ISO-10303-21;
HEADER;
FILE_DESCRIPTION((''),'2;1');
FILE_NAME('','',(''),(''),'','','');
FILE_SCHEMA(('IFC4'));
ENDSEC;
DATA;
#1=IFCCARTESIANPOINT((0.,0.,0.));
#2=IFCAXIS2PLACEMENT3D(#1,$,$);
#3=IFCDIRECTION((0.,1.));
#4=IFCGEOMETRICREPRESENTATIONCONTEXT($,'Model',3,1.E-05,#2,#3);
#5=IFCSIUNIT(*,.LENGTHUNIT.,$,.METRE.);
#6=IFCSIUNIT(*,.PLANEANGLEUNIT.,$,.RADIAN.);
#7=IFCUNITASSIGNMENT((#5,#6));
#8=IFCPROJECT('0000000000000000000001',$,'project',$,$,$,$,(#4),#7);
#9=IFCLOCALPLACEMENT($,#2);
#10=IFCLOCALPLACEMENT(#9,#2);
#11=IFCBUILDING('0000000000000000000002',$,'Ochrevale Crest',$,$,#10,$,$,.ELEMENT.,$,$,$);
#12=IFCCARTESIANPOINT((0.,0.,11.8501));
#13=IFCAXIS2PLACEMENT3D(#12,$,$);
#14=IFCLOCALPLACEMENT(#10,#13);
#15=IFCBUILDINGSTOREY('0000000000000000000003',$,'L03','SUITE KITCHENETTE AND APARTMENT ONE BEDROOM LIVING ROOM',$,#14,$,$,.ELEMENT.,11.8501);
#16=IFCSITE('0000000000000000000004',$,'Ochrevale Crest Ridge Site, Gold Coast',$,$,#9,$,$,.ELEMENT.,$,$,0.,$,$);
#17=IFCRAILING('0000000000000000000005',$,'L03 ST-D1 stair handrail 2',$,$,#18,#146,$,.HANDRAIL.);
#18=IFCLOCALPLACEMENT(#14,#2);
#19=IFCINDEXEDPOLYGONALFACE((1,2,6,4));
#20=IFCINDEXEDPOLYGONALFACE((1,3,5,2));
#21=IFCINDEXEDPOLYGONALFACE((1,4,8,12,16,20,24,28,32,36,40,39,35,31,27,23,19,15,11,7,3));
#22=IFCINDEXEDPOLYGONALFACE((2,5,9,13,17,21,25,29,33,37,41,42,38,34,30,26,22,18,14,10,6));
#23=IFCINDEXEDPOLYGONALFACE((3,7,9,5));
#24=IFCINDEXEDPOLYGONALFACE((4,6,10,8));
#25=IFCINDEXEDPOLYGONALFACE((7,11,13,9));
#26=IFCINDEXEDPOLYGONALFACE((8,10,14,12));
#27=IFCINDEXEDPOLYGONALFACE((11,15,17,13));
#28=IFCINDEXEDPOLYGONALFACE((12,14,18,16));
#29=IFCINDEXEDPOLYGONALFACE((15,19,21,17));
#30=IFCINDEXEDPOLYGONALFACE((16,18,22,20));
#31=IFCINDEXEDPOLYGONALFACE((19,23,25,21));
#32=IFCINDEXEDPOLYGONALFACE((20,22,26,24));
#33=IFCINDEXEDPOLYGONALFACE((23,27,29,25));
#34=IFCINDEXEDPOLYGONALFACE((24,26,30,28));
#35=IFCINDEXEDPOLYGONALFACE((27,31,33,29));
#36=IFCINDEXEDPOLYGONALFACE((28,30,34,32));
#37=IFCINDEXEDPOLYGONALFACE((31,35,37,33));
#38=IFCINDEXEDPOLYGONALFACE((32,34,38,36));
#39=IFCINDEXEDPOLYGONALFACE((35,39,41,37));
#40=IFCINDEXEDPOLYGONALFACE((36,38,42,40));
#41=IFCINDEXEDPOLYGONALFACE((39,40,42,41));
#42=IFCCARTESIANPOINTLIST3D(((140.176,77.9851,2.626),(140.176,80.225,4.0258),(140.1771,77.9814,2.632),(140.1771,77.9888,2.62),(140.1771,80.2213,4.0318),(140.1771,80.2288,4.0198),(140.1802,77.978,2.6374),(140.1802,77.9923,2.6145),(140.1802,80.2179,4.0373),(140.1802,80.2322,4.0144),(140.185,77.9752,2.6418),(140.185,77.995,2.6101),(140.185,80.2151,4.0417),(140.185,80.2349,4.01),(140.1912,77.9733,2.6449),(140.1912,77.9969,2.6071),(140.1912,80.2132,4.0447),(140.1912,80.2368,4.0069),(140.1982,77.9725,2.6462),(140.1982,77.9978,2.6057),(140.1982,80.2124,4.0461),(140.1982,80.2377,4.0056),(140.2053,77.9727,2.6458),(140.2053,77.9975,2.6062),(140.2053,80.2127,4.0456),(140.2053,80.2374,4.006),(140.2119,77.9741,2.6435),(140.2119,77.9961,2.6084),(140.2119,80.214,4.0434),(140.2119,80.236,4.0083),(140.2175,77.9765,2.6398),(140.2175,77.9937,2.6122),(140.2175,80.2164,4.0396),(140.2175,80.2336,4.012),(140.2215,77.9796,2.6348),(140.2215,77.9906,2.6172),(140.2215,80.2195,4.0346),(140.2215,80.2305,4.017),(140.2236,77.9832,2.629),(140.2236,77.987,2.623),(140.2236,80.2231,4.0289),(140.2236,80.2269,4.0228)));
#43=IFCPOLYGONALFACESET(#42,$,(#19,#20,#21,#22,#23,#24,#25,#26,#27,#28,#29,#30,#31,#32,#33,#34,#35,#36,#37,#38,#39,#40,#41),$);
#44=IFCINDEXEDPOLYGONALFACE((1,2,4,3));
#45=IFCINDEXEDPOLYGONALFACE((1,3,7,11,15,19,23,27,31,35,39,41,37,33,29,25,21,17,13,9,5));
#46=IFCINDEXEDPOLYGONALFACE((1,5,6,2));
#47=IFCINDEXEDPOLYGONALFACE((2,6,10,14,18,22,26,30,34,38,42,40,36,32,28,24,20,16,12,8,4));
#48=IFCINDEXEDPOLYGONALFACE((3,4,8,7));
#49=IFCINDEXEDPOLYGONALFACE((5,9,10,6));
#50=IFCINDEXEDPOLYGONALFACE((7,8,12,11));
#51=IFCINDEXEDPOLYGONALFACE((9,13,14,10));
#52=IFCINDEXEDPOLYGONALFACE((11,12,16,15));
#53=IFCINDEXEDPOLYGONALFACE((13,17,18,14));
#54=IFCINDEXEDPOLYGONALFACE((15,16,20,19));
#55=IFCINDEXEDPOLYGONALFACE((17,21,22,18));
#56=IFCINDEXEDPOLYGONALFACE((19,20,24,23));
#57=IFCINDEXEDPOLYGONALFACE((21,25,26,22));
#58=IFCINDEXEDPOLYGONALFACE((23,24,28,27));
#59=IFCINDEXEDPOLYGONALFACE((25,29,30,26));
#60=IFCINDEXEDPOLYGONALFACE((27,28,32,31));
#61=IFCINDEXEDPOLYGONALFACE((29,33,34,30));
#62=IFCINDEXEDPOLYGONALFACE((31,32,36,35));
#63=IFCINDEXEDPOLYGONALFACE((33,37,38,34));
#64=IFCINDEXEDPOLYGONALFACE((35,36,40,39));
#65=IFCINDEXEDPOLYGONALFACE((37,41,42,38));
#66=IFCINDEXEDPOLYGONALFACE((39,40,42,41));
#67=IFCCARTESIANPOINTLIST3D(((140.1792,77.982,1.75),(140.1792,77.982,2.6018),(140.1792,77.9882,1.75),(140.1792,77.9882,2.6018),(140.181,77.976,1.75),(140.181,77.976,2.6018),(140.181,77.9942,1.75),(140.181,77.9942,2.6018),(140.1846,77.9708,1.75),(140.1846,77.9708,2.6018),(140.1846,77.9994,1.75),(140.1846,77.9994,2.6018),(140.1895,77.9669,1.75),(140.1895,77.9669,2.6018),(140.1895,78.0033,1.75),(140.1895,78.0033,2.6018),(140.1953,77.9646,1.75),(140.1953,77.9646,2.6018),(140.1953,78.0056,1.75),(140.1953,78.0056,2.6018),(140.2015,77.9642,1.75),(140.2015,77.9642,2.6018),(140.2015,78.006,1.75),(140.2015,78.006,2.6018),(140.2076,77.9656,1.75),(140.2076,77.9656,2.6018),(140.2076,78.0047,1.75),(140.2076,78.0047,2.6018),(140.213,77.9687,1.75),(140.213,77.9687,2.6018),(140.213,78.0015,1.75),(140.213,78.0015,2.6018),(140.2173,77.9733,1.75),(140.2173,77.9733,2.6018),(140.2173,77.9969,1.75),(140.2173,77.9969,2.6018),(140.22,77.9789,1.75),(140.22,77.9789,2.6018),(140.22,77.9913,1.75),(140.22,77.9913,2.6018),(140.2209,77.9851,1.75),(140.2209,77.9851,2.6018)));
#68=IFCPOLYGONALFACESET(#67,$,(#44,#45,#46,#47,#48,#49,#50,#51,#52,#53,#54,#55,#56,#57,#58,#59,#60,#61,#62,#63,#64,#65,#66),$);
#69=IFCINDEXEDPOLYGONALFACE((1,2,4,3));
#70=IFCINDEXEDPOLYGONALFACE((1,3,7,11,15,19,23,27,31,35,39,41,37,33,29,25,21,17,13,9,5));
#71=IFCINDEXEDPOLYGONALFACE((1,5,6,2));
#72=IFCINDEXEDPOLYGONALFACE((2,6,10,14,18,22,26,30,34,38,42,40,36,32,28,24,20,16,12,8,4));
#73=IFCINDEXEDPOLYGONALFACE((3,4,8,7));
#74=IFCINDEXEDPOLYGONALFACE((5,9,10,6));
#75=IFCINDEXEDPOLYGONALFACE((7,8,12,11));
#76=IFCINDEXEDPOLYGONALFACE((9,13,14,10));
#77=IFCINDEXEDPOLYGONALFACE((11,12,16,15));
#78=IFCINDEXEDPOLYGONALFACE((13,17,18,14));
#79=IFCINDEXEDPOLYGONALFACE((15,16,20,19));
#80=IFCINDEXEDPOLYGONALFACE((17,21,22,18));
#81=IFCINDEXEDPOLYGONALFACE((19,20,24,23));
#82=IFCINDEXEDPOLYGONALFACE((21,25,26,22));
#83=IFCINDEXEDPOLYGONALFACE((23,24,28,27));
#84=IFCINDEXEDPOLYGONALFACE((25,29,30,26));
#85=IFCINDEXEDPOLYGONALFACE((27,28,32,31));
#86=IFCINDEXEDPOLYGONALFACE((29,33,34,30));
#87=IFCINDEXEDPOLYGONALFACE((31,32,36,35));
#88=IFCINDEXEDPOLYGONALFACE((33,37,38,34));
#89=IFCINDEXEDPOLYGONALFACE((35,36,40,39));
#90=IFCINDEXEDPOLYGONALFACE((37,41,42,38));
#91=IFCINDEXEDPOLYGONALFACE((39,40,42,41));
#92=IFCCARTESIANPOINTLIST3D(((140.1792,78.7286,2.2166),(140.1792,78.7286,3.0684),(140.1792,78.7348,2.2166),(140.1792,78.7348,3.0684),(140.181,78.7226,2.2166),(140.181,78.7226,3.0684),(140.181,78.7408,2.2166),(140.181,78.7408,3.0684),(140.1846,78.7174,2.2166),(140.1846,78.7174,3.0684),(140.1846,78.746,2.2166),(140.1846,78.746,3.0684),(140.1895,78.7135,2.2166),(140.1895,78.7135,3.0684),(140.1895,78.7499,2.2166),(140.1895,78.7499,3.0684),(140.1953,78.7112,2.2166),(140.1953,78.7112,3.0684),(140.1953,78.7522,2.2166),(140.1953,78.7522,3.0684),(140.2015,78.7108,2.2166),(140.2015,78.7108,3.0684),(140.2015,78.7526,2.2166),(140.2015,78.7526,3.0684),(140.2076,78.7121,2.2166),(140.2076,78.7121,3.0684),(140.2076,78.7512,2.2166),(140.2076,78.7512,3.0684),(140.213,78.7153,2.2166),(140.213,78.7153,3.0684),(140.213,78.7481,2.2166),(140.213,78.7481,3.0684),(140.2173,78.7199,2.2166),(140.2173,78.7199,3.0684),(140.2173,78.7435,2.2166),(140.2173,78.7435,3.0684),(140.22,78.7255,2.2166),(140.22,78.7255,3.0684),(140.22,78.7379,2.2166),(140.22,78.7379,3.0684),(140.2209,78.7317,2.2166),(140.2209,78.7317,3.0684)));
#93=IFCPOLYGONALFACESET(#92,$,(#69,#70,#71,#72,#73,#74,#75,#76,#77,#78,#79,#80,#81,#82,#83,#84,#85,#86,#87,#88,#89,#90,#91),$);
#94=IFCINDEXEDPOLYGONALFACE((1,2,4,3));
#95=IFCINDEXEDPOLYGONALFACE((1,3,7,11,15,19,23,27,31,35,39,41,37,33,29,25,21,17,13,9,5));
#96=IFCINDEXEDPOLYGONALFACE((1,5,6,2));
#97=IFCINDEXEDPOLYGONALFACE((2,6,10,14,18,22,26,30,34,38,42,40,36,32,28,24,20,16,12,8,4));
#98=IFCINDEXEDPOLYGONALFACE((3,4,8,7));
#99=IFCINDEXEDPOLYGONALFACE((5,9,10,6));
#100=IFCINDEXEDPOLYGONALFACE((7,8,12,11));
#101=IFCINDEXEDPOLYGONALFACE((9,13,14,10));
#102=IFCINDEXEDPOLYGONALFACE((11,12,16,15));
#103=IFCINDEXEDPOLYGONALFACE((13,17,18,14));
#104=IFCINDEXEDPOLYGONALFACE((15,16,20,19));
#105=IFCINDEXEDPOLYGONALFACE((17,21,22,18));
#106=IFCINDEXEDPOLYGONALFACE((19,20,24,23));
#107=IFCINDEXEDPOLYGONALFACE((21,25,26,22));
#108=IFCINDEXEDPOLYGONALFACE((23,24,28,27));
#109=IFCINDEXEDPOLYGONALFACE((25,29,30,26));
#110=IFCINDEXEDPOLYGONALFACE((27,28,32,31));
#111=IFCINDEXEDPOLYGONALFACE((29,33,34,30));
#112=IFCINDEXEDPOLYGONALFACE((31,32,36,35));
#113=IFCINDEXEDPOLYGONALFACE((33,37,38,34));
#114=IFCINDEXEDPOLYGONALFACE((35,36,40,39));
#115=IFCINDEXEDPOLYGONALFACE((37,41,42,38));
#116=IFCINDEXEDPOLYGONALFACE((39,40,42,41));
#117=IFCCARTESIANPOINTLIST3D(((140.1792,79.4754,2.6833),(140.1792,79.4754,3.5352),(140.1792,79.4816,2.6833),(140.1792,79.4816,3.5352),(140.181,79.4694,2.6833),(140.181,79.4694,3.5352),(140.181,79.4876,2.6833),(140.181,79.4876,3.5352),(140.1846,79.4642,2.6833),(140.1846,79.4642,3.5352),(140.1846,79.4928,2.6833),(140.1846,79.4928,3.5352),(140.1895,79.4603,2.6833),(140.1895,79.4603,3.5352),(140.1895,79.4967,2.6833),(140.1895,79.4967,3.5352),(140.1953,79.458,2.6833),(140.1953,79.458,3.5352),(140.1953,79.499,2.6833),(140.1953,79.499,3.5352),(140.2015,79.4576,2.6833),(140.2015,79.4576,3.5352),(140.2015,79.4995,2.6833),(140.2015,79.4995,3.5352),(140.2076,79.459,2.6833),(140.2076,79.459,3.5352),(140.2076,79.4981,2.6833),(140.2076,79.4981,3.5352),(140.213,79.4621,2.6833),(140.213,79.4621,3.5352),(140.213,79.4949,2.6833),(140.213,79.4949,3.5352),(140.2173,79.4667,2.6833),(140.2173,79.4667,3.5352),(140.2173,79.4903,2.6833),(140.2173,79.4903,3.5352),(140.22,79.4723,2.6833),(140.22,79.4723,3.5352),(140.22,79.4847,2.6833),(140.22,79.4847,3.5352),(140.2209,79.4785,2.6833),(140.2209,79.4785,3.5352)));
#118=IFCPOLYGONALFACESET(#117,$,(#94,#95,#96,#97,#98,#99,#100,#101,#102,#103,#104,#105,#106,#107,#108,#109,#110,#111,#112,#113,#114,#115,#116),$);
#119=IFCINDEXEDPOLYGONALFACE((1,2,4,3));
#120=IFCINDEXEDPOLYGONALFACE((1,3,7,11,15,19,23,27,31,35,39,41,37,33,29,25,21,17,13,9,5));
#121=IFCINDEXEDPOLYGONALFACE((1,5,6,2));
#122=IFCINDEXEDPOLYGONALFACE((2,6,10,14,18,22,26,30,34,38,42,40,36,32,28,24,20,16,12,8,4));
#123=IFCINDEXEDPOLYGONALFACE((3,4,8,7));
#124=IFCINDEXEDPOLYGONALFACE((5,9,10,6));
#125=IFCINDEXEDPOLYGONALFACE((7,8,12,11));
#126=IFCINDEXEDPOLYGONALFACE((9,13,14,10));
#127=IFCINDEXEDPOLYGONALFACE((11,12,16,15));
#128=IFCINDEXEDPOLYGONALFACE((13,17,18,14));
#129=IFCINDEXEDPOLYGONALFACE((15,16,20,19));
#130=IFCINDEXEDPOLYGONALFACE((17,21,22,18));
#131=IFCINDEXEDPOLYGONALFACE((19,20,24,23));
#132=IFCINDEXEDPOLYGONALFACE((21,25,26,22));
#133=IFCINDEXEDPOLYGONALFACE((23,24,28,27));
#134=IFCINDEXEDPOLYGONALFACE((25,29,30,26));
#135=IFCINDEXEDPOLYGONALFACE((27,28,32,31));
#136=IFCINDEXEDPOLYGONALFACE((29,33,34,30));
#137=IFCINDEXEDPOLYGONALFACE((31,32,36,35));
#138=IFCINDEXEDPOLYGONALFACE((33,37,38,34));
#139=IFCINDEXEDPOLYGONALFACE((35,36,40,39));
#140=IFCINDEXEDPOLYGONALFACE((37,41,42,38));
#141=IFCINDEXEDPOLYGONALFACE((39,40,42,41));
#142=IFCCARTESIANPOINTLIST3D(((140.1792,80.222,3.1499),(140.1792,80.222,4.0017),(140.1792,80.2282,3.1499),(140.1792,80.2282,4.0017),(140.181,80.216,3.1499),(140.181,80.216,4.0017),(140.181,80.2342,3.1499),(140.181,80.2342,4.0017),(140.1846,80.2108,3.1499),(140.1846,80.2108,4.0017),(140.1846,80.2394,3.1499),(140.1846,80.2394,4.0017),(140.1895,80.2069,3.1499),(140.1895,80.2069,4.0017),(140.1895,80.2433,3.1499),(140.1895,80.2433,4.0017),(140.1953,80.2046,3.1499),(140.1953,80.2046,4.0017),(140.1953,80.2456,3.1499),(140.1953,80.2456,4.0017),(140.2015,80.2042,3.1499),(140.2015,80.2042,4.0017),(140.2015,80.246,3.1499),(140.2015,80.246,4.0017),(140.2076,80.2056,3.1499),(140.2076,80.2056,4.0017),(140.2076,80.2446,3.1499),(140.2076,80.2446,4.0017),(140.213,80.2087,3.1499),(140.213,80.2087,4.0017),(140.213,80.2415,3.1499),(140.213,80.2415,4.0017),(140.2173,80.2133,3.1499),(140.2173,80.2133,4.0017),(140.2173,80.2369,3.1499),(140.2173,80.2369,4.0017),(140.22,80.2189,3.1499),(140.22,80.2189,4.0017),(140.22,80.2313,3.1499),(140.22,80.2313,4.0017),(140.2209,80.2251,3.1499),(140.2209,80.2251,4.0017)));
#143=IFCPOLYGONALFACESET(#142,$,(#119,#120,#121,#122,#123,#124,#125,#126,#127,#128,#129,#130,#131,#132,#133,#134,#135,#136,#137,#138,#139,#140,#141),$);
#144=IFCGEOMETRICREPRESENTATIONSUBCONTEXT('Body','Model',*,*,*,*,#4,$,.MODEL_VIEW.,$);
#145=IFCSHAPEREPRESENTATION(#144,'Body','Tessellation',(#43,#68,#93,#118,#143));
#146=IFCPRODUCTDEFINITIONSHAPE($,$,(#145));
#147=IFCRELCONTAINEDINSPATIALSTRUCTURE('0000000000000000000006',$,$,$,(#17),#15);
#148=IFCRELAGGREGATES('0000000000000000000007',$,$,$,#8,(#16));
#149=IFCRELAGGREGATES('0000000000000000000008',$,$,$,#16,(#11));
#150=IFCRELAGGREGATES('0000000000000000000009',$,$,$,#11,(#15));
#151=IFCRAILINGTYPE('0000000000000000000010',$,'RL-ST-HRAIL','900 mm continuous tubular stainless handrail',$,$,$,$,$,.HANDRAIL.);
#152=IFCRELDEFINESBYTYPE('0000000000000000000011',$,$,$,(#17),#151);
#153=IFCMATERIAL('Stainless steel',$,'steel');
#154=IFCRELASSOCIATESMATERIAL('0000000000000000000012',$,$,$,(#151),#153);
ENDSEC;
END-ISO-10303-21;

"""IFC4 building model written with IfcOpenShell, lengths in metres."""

from ifc_helpers import new_model, si_unit, direction, frame, origin, origin_2d, place, context, subcontext, project, spatial, circle, extrude, material, type_object, element, save


model = new_model("IFC4")

# Units and contexts
model_context = context("Model", 3, precision=1e-05, world=origin(), true_north=direction((0.0, 1.0)))
body_context = subcontext(model_context, "Body", "Model", "MODEL_VIEW")
ifc_project = project(units=[si_unit("LENGTHUNIT", "METRE"), si_unit("PLANEANGLEUNIT", "RADIAN")], contexts=[model_context])

# Site, building, storey
site_placement = place(None, origin())
site = spatial("IfcSite", under=ifc_project, at=site_placement, Name="Ochrevale Crest Ridge Site, Gold Coast", CompositionType="ELEMENT", RefElevation=0.0)
building_placement = place(site_placement, origin())
building = spatial("IfcBuilding", under=site, at=building_placement, Name="Ochrevale Crest", CompositionType="ELEMENT")
storey_placement = place(building_placement, frame((0.0, 0.0, 11.8501)))
storey = spatial("IfcBuildingStorey", under=building, at=storey_placement, Name="L03", Description="SUITE KITCHENETTE AND APARTMENT ONE BEDROOM LIVING ROOM", CompositionType="ELEMENT", Elevation=11.8501)

# Railing
ifc_material_1 = material(Name="Stainless steel", Category="steel")
railing_type_1 = type_object("IfcRailingType", Name="RL-ST-HRAIL", Description="900 mm continuous tubular stainless handrail", PredefinedType="HANDRAIL", material=ifc_material_1)
railing_1_placement = place(storey_placement, frame((140.2, 77.9851, 1.75)))
element("IfcRailing", 1, at=railing_1_placement, inside=storey, type_object=railing_type_1, Name="L03 ST-D1 stair handrail 2", PredefinedType="HANDRAIL", context=body_context, shape_type="SweptSolid", body=[
    extrude(circle(Radius=0.0239, at=origin_2d()), frame((0.0, 0.0, 0.876), z_axis=(0.0, 0.848014, 0.529974), x_axis=(-1.0, 0.0, 0.0)), (0.0, 0.0, 1.0), 2.6414),
    extrude(circle(Radius=0.021, at=origin_2d()), origin(), (0.0, 0.0, 1.0), 0.8518),
    extrude(circle(Radius=0.021, at=origin_2d()), frame((0.0, 0.7466, 0.4666)), (0.0, 0.0, 1.0), 0.8518),
    extrude(circle(Radius=0.021, at=origin_2d()), frame((0.0, 1.4934, 0.9333)), (0.0, 0.0, 1.0), 0.8518),
    extrude(circle(Radius=0.021, at=origin_2d()), frame((0.0, 2.24, 1.3999)), (0.0, 0.0, 1.0), 0.8518),
])

save(model, "model.ifc")
